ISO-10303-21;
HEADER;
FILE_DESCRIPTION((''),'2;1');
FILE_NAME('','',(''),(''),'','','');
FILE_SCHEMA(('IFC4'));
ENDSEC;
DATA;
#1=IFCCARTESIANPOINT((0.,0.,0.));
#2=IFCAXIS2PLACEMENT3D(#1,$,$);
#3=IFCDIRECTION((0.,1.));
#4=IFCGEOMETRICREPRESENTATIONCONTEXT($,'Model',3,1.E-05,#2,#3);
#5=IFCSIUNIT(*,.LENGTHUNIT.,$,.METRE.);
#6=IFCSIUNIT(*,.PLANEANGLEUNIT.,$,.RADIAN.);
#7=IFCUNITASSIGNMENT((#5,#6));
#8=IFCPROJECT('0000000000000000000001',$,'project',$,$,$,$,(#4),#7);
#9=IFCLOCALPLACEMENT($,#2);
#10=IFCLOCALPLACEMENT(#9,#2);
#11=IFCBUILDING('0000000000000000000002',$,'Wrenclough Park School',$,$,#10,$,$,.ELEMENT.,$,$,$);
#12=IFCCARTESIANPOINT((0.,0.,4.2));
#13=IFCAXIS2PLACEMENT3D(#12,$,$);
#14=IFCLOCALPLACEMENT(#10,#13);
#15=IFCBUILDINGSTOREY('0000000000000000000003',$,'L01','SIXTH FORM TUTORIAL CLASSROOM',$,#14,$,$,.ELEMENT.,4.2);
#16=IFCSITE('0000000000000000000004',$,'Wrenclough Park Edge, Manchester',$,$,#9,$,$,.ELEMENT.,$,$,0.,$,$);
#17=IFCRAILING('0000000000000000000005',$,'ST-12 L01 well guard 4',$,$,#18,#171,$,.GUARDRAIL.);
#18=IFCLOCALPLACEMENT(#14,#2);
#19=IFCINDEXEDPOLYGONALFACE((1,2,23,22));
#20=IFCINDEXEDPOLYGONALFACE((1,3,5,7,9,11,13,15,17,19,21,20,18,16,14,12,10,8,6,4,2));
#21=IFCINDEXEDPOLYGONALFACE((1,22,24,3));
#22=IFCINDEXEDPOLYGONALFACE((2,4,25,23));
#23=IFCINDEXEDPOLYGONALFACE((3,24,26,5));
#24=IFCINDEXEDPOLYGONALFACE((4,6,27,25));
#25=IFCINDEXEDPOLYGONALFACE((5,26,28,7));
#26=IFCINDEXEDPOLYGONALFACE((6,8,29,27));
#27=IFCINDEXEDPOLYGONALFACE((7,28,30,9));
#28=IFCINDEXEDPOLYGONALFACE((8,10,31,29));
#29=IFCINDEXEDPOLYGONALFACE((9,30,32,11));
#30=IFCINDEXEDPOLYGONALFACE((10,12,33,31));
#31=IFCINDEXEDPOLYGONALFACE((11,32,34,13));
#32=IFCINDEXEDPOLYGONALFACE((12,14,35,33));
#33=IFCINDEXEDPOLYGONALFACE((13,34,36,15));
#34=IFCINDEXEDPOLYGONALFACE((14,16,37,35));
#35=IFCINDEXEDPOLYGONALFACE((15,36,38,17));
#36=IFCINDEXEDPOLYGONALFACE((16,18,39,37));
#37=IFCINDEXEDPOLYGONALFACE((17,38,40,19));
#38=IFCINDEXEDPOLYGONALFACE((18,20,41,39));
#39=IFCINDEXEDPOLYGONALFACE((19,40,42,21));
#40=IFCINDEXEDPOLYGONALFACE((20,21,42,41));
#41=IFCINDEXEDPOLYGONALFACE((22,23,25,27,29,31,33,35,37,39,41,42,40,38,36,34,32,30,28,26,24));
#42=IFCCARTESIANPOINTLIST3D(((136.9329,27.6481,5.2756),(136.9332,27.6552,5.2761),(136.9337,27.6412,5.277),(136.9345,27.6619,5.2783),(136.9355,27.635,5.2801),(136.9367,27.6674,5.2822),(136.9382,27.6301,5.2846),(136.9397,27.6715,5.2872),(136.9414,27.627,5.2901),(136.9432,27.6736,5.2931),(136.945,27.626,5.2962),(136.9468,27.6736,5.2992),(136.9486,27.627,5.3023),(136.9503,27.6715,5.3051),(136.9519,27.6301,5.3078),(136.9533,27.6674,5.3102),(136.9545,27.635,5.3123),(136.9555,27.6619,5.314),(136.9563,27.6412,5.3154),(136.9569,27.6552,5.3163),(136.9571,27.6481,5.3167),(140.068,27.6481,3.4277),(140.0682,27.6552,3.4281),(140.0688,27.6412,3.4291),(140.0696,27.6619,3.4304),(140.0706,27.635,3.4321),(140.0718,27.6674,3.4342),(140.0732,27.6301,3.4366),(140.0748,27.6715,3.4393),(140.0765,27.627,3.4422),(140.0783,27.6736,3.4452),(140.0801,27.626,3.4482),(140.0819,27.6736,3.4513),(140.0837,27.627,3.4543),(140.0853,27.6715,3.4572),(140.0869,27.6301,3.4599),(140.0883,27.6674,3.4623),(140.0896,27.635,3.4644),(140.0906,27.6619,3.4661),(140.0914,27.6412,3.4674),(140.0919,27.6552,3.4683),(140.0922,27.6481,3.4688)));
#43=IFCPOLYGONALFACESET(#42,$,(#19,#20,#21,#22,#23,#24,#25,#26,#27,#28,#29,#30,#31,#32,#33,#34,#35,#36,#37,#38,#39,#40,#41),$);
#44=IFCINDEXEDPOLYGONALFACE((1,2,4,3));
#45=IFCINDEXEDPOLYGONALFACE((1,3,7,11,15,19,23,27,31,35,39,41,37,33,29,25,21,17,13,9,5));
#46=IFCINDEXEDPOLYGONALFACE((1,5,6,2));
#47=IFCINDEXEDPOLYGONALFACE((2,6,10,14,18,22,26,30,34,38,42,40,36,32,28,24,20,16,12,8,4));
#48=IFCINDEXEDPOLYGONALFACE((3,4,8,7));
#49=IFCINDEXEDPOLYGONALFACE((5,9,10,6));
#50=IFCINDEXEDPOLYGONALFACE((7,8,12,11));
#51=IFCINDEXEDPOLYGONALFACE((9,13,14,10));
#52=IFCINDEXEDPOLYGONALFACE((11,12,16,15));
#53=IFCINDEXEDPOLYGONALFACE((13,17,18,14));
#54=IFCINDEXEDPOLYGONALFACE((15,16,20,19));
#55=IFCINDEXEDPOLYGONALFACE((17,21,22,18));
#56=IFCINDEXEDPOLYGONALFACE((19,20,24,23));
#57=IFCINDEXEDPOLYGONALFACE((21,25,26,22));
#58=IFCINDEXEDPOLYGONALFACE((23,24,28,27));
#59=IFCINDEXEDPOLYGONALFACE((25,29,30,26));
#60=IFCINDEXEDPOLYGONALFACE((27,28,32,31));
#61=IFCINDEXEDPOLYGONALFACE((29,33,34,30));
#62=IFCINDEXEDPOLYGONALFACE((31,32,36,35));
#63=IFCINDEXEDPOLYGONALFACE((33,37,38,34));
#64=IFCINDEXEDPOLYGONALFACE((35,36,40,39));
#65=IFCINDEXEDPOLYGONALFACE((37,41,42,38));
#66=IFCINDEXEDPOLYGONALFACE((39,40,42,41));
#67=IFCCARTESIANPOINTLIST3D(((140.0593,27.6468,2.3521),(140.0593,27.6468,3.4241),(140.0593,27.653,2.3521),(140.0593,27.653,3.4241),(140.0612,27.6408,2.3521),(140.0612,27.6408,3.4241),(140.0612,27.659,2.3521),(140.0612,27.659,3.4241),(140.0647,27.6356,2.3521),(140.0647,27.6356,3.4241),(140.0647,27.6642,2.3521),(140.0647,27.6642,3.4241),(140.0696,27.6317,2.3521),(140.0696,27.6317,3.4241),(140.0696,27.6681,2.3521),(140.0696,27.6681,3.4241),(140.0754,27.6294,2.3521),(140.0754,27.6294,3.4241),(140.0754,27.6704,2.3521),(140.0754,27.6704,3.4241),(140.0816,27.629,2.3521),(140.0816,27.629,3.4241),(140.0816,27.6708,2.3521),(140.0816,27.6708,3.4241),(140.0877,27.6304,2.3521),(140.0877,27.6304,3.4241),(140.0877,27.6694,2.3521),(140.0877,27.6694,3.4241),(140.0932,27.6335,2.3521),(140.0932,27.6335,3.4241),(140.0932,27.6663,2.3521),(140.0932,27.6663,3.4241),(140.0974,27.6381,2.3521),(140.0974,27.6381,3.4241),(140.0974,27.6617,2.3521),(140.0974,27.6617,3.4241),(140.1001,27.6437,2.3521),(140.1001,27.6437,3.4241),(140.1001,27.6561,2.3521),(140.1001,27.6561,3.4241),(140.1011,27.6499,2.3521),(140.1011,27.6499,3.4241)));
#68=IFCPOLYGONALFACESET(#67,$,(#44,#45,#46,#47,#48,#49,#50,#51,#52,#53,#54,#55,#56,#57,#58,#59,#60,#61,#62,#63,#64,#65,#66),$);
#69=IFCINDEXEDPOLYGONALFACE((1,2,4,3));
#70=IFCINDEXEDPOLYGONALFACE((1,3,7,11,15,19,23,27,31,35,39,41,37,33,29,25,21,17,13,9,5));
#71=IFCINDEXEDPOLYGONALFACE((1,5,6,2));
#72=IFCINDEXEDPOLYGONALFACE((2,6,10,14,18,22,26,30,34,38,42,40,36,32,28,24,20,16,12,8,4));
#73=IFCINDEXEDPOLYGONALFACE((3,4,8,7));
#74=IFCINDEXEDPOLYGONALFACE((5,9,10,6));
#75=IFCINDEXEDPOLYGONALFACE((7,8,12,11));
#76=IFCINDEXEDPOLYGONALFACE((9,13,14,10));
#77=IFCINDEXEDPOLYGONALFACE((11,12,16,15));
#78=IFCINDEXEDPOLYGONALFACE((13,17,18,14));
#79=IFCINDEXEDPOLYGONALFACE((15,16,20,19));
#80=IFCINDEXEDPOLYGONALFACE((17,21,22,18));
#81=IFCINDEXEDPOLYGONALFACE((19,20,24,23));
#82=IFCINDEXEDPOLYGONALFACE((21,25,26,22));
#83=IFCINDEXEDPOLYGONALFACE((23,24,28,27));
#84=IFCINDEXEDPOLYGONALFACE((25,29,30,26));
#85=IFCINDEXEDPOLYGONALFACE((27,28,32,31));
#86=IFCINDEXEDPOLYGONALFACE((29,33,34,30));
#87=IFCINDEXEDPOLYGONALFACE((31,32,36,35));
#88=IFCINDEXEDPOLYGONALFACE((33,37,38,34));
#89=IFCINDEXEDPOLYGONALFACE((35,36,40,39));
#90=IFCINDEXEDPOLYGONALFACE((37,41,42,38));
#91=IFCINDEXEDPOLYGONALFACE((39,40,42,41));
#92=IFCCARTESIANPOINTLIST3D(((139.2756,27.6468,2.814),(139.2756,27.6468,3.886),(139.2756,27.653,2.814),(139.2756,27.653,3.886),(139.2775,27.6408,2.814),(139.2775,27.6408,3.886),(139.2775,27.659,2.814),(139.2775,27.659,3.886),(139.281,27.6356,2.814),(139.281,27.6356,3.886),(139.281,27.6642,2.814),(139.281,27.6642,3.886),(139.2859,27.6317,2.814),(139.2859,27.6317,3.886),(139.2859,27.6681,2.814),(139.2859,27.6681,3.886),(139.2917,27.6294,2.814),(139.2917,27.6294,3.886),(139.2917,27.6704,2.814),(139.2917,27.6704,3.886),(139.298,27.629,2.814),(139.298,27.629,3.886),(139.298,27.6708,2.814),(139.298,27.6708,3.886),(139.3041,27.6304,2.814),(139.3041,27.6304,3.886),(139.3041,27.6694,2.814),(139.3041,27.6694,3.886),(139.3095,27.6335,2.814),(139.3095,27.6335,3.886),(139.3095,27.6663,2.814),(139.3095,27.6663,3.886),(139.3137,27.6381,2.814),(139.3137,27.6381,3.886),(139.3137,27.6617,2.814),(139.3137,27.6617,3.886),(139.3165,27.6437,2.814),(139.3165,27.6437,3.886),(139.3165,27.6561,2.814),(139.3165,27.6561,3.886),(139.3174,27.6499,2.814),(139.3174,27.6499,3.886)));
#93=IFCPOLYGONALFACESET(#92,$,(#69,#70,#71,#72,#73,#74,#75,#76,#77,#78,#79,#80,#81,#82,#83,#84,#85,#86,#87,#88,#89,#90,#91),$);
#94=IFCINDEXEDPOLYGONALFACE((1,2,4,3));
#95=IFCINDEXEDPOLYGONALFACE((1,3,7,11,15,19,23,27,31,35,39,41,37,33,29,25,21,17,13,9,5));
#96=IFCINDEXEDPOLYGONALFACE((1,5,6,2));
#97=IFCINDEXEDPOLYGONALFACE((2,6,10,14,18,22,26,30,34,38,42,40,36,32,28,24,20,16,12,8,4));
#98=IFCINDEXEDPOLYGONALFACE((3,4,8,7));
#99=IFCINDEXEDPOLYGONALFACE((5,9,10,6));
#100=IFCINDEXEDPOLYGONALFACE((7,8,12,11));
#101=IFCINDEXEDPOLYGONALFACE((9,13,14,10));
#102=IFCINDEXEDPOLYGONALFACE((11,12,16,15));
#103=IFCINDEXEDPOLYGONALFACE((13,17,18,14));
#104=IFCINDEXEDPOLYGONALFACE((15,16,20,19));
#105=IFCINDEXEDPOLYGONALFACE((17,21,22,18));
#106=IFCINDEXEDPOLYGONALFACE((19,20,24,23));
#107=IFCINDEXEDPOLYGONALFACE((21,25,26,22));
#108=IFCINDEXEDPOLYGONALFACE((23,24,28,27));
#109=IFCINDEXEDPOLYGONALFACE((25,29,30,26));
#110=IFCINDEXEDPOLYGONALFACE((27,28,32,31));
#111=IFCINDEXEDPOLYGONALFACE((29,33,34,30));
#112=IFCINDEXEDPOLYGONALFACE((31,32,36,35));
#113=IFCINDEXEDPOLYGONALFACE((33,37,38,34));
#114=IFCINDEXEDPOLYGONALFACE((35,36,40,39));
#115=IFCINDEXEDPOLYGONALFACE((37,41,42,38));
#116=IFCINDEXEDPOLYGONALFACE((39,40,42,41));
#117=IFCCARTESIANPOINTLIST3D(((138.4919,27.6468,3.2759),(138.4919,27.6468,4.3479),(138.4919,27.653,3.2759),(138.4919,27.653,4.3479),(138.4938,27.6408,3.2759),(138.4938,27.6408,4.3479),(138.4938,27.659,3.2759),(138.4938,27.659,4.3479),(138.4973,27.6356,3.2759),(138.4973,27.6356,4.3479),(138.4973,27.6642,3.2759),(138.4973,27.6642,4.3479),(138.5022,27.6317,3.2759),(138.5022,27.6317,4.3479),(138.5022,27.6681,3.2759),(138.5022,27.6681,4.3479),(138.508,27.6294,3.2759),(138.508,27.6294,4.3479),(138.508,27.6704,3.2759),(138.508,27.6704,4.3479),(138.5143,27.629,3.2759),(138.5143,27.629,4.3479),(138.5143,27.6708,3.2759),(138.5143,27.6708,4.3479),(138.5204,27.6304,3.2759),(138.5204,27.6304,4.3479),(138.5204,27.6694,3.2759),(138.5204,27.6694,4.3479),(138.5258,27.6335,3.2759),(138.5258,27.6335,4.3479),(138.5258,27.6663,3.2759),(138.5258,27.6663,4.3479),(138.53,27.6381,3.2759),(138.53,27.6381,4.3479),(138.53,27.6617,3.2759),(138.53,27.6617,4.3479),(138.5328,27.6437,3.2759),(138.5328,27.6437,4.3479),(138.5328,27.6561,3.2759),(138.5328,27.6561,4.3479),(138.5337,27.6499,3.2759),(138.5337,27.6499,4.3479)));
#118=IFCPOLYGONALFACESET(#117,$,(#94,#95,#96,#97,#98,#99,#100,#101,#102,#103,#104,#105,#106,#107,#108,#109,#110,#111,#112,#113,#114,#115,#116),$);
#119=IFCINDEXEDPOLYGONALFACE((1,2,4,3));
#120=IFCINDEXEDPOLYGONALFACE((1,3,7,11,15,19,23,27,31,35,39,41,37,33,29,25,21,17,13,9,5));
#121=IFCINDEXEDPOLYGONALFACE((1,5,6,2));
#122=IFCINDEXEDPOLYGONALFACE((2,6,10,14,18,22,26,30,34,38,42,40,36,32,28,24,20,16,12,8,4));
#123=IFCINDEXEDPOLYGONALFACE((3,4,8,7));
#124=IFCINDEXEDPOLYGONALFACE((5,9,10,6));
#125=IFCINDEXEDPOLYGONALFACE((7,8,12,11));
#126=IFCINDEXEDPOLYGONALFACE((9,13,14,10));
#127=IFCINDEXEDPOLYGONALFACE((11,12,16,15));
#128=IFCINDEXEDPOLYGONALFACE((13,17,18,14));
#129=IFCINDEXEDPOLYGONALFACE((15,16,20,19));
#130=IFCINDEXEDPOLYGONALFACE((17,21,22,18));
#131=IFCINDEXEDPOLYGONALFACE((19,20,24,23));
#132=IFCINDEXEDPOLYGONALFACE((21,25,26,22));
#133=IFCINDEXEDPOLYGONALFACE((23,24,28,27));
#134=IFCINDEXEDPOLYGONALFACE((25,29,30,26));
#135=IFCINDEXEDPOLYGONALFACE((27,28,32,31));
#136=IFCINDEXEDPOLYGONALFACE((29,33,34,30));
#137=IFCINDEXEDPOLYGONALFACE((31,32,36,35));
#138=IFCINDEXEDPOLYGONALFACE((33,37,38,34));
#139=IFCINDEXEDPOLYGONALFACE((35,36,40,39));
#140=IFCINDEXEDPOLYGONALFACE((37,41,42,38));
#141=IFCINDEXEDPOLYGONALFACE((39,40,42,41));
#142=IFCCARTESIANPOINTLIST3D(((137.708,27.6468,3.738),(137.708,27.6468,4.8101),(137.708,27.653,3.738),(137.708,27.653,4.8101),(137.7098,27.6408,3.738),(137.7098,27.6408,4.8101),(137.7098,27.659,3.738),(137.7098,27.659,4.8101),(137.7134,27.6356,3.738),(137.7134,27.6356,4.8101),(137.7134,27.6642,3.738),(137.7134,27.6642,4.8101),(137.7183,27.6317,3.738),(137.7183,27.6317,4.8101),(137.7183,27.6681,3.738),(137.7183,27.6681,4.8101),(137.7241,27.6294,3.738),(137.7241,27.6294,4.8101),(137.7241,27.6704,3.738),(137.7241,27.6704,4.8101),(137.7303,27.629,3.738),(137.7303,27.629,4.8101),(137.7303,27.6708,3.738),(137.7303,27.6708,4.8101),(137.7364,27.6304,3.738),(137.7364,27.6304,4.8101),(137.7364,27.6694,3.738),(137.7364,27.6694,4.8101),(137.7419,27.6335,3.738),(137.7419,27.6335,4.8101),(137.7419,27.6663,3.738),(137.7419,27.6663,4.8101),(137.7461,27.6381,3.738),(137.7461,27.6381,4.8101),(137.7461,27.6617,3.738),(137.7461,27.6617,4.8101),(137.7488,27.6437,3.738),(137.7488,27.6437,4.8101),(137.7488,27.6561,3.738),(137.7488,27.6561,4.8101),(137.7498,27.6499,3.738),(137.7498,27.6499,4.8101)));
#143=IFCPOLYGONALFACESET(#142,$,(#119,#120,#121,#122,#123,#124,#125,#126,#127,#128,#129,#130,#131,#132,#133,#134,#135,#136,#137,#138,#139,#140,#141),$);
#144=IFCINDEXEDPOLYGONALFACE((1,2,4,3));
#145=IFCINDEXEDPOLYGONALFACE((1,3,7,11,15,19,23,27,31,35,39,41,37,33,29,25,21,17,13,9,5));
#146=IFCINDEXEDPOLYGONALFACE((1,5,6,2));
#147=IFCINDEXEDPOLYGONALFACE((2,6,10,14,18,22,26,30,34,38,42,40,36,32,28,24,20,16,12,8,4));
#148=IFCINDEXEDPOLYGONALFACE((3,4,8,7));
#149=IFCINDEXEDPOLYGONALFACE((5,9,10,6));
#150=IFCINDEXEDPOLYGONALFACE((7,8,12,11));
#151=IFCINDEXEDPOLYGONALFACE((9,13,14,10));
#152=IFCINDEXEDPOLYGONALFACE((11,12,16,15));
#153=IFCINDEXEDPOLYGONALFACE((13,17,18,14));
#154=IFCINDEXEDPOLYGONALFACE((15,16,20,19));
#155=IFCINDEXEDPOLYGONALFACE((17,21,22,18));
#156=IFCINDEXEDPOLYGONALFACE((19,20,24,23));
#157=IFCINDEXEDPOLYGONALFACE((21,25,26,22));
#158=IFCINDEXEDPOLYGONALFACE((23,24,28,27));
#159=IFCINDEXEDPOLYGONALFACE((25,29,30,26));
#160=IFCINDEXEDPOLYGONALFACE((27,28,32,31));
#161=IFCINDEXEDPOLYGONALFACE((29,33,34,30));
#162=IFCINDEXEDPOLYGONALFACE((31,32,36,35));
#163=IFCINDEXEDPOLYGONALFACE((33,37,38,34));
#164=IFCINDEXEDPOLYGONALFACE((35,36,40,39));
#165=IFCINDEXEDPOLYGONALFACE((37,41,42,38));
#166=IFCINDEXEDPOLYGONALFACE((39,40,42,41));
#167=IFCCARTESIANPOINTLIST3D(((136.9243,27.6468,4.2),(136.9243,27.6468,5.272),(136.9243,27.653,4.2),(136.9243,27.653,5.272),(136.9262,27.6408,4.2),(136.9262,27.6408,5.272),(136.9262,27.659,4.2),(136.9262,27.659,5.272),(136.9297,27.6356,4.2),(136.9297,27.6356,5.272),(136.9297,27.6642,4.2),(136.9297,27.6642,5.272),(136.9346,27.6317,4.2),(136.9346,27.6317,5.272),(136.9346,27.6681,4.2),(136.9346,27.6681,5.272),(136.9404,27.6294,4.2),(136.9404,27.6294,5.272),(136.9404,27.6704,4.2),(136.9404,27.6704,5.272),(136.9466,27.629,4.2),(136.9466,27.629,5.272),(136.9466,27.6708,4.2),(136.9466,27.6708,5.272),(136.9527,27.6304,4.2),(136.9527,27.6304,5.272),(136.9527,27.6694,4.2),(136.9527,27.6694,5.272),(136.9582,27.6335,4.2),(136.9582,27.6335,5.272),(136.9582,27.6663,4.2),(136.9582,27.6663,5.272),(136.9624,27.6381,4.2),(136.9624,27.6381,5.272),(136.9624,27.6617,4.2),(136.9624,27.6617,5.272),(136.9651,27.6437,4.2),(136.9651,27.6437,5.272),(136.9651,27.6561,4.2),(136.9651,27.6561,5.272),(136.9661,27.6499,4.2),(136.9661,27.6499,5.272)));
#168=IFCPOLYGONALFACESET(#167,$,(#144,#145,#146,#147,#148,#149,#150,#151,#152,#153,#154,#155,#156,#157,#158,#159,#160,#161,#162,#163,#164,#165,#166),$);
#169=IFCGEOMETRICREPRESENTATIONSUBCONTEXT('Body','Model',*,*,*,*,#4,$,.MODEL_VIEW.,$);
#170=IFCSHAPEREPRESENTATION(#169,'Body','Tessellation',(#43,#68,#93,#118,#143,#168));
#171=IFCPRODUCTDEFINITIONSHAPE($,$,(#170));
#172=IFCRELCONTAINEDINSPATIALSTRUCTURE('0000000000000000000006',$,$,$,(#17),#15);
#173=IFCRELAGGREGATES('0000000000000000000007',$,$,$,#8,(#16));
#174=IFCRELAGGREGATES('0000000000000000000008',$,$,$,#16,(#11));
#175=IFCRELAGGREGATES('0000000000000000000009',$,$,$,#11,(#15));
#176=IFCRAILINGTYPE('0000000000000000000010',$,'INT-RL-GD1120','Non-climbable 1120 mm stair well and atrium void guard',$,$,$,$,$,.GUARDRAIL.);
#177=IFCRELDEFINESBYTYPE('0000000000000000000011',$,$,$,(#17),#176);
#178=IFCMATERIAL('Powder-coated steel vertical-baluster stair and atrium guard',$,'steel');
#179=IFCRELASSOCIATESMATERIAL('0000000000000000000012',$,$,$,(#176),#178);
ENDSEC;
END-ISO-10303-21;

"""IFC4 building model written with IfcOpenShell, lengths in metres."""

from ifc_helpers import new_model, si_unit, direction, frame, origin, origin_2d, place, context, subcontext, project, spatial, circle, extrude, material, type_object, element, save


model = new_model("IFC4")

# Units and contexts
model_context = context("Model", 3, precision=1e-05, world=origin(), true_north=direction((0.0, 1.0)))
body_context = subcontext(model_context, "Body", "Model", "MODEL_VIEW")
ifc_project = project(units=[si_unit("LENGTHUNIT", "METRE"), si_unit("PLANEANGLEUNIT", "RADIAN")], contexts=[model_context])

# Site, building, storey
site_placement = place(None, origin())
site = spatial("IfcSite", under=ifc_project, at=site_placement, Name="Wrenclough Park Edge, Manchester", CompositionType="ELEMENT", RefElevation=0.0)
building_placement = place(site_placement, origin())
building = spatial("IfcBuilding", under=site, at=building_placement, Name="Wrenclough Park School", CompositionType="ELEMENT")
storey_placement = place(building_placement, frame((0.0, 0.0, 4.2)))
storey = spatial("IfcBuildingStorey", under=building, at=storey_placement, Name="L01", Description="SIXTH FORM TUTORIAL CLASSROOM", CompositionType="ELEMENT", Elevation=4.2)

# Railing
ifc_material_1 = material(Name="Powder-coated steel vertical-baluster stair and atrium guard", Category="steel")
railing_type_1 = type_object("IfcRailingType", Name="INT-RL-GD1120", Description="Non-climbable 1120 mm stair well and atrium void guard", PredefinedType="GUARDRAIL", material=ifc_material_1)
railing_1_placement = place(storey_placement, frame((140.0801, 27.6499, 2.3521)))
element("IfcRailing", 1, at=railing_1_placement, inside=storey, type_object=railing_type_1, Name="ST-12 L01 well guard 4", PredefinedType="GUARDRAIL", context=body_context, shape_type="SweptSolid", body=[
    extrude(circle(Radius=0.0239, at=origin_2d()), frame((0.0, 0.0, 1.0962), z_axis=(-0.86148, 0.0, 0.507791), x_axis=(0.0, -1.0, 0.0)), (0.0, 0.0, 1.0), 3.6392),
    extrude(circle(Radius=0.021, at=origin_2d()), origin(), (0.0, 0.0, 1.0), 1.072),
    extrude(circle(Radius=0.021, at=origin_2d()), frame((-0.7837, 0.0, 0.4619)), (0.0, 0.0, 1.0), 1.072),
    extrude(circle(Radius=0.021, at=origin_2d()), frame((-1.5674, 0.0, 0.9238)), (0.0, 0.0, 1.0), 1.072),
    extrude(circle(Radius=0.021, at=origin_2d()), frame((-2.3513, 0.0, 1.386)), (0.0, 0.0, 1.0), 1.072),
    extrude(circle(Radius=0.021, at=origin_2d()), frame((-3.135, 0.0, 1.8479)), (0.0, 0.0, 1.0), 1.072),
])

save(model, "model.ifc")
